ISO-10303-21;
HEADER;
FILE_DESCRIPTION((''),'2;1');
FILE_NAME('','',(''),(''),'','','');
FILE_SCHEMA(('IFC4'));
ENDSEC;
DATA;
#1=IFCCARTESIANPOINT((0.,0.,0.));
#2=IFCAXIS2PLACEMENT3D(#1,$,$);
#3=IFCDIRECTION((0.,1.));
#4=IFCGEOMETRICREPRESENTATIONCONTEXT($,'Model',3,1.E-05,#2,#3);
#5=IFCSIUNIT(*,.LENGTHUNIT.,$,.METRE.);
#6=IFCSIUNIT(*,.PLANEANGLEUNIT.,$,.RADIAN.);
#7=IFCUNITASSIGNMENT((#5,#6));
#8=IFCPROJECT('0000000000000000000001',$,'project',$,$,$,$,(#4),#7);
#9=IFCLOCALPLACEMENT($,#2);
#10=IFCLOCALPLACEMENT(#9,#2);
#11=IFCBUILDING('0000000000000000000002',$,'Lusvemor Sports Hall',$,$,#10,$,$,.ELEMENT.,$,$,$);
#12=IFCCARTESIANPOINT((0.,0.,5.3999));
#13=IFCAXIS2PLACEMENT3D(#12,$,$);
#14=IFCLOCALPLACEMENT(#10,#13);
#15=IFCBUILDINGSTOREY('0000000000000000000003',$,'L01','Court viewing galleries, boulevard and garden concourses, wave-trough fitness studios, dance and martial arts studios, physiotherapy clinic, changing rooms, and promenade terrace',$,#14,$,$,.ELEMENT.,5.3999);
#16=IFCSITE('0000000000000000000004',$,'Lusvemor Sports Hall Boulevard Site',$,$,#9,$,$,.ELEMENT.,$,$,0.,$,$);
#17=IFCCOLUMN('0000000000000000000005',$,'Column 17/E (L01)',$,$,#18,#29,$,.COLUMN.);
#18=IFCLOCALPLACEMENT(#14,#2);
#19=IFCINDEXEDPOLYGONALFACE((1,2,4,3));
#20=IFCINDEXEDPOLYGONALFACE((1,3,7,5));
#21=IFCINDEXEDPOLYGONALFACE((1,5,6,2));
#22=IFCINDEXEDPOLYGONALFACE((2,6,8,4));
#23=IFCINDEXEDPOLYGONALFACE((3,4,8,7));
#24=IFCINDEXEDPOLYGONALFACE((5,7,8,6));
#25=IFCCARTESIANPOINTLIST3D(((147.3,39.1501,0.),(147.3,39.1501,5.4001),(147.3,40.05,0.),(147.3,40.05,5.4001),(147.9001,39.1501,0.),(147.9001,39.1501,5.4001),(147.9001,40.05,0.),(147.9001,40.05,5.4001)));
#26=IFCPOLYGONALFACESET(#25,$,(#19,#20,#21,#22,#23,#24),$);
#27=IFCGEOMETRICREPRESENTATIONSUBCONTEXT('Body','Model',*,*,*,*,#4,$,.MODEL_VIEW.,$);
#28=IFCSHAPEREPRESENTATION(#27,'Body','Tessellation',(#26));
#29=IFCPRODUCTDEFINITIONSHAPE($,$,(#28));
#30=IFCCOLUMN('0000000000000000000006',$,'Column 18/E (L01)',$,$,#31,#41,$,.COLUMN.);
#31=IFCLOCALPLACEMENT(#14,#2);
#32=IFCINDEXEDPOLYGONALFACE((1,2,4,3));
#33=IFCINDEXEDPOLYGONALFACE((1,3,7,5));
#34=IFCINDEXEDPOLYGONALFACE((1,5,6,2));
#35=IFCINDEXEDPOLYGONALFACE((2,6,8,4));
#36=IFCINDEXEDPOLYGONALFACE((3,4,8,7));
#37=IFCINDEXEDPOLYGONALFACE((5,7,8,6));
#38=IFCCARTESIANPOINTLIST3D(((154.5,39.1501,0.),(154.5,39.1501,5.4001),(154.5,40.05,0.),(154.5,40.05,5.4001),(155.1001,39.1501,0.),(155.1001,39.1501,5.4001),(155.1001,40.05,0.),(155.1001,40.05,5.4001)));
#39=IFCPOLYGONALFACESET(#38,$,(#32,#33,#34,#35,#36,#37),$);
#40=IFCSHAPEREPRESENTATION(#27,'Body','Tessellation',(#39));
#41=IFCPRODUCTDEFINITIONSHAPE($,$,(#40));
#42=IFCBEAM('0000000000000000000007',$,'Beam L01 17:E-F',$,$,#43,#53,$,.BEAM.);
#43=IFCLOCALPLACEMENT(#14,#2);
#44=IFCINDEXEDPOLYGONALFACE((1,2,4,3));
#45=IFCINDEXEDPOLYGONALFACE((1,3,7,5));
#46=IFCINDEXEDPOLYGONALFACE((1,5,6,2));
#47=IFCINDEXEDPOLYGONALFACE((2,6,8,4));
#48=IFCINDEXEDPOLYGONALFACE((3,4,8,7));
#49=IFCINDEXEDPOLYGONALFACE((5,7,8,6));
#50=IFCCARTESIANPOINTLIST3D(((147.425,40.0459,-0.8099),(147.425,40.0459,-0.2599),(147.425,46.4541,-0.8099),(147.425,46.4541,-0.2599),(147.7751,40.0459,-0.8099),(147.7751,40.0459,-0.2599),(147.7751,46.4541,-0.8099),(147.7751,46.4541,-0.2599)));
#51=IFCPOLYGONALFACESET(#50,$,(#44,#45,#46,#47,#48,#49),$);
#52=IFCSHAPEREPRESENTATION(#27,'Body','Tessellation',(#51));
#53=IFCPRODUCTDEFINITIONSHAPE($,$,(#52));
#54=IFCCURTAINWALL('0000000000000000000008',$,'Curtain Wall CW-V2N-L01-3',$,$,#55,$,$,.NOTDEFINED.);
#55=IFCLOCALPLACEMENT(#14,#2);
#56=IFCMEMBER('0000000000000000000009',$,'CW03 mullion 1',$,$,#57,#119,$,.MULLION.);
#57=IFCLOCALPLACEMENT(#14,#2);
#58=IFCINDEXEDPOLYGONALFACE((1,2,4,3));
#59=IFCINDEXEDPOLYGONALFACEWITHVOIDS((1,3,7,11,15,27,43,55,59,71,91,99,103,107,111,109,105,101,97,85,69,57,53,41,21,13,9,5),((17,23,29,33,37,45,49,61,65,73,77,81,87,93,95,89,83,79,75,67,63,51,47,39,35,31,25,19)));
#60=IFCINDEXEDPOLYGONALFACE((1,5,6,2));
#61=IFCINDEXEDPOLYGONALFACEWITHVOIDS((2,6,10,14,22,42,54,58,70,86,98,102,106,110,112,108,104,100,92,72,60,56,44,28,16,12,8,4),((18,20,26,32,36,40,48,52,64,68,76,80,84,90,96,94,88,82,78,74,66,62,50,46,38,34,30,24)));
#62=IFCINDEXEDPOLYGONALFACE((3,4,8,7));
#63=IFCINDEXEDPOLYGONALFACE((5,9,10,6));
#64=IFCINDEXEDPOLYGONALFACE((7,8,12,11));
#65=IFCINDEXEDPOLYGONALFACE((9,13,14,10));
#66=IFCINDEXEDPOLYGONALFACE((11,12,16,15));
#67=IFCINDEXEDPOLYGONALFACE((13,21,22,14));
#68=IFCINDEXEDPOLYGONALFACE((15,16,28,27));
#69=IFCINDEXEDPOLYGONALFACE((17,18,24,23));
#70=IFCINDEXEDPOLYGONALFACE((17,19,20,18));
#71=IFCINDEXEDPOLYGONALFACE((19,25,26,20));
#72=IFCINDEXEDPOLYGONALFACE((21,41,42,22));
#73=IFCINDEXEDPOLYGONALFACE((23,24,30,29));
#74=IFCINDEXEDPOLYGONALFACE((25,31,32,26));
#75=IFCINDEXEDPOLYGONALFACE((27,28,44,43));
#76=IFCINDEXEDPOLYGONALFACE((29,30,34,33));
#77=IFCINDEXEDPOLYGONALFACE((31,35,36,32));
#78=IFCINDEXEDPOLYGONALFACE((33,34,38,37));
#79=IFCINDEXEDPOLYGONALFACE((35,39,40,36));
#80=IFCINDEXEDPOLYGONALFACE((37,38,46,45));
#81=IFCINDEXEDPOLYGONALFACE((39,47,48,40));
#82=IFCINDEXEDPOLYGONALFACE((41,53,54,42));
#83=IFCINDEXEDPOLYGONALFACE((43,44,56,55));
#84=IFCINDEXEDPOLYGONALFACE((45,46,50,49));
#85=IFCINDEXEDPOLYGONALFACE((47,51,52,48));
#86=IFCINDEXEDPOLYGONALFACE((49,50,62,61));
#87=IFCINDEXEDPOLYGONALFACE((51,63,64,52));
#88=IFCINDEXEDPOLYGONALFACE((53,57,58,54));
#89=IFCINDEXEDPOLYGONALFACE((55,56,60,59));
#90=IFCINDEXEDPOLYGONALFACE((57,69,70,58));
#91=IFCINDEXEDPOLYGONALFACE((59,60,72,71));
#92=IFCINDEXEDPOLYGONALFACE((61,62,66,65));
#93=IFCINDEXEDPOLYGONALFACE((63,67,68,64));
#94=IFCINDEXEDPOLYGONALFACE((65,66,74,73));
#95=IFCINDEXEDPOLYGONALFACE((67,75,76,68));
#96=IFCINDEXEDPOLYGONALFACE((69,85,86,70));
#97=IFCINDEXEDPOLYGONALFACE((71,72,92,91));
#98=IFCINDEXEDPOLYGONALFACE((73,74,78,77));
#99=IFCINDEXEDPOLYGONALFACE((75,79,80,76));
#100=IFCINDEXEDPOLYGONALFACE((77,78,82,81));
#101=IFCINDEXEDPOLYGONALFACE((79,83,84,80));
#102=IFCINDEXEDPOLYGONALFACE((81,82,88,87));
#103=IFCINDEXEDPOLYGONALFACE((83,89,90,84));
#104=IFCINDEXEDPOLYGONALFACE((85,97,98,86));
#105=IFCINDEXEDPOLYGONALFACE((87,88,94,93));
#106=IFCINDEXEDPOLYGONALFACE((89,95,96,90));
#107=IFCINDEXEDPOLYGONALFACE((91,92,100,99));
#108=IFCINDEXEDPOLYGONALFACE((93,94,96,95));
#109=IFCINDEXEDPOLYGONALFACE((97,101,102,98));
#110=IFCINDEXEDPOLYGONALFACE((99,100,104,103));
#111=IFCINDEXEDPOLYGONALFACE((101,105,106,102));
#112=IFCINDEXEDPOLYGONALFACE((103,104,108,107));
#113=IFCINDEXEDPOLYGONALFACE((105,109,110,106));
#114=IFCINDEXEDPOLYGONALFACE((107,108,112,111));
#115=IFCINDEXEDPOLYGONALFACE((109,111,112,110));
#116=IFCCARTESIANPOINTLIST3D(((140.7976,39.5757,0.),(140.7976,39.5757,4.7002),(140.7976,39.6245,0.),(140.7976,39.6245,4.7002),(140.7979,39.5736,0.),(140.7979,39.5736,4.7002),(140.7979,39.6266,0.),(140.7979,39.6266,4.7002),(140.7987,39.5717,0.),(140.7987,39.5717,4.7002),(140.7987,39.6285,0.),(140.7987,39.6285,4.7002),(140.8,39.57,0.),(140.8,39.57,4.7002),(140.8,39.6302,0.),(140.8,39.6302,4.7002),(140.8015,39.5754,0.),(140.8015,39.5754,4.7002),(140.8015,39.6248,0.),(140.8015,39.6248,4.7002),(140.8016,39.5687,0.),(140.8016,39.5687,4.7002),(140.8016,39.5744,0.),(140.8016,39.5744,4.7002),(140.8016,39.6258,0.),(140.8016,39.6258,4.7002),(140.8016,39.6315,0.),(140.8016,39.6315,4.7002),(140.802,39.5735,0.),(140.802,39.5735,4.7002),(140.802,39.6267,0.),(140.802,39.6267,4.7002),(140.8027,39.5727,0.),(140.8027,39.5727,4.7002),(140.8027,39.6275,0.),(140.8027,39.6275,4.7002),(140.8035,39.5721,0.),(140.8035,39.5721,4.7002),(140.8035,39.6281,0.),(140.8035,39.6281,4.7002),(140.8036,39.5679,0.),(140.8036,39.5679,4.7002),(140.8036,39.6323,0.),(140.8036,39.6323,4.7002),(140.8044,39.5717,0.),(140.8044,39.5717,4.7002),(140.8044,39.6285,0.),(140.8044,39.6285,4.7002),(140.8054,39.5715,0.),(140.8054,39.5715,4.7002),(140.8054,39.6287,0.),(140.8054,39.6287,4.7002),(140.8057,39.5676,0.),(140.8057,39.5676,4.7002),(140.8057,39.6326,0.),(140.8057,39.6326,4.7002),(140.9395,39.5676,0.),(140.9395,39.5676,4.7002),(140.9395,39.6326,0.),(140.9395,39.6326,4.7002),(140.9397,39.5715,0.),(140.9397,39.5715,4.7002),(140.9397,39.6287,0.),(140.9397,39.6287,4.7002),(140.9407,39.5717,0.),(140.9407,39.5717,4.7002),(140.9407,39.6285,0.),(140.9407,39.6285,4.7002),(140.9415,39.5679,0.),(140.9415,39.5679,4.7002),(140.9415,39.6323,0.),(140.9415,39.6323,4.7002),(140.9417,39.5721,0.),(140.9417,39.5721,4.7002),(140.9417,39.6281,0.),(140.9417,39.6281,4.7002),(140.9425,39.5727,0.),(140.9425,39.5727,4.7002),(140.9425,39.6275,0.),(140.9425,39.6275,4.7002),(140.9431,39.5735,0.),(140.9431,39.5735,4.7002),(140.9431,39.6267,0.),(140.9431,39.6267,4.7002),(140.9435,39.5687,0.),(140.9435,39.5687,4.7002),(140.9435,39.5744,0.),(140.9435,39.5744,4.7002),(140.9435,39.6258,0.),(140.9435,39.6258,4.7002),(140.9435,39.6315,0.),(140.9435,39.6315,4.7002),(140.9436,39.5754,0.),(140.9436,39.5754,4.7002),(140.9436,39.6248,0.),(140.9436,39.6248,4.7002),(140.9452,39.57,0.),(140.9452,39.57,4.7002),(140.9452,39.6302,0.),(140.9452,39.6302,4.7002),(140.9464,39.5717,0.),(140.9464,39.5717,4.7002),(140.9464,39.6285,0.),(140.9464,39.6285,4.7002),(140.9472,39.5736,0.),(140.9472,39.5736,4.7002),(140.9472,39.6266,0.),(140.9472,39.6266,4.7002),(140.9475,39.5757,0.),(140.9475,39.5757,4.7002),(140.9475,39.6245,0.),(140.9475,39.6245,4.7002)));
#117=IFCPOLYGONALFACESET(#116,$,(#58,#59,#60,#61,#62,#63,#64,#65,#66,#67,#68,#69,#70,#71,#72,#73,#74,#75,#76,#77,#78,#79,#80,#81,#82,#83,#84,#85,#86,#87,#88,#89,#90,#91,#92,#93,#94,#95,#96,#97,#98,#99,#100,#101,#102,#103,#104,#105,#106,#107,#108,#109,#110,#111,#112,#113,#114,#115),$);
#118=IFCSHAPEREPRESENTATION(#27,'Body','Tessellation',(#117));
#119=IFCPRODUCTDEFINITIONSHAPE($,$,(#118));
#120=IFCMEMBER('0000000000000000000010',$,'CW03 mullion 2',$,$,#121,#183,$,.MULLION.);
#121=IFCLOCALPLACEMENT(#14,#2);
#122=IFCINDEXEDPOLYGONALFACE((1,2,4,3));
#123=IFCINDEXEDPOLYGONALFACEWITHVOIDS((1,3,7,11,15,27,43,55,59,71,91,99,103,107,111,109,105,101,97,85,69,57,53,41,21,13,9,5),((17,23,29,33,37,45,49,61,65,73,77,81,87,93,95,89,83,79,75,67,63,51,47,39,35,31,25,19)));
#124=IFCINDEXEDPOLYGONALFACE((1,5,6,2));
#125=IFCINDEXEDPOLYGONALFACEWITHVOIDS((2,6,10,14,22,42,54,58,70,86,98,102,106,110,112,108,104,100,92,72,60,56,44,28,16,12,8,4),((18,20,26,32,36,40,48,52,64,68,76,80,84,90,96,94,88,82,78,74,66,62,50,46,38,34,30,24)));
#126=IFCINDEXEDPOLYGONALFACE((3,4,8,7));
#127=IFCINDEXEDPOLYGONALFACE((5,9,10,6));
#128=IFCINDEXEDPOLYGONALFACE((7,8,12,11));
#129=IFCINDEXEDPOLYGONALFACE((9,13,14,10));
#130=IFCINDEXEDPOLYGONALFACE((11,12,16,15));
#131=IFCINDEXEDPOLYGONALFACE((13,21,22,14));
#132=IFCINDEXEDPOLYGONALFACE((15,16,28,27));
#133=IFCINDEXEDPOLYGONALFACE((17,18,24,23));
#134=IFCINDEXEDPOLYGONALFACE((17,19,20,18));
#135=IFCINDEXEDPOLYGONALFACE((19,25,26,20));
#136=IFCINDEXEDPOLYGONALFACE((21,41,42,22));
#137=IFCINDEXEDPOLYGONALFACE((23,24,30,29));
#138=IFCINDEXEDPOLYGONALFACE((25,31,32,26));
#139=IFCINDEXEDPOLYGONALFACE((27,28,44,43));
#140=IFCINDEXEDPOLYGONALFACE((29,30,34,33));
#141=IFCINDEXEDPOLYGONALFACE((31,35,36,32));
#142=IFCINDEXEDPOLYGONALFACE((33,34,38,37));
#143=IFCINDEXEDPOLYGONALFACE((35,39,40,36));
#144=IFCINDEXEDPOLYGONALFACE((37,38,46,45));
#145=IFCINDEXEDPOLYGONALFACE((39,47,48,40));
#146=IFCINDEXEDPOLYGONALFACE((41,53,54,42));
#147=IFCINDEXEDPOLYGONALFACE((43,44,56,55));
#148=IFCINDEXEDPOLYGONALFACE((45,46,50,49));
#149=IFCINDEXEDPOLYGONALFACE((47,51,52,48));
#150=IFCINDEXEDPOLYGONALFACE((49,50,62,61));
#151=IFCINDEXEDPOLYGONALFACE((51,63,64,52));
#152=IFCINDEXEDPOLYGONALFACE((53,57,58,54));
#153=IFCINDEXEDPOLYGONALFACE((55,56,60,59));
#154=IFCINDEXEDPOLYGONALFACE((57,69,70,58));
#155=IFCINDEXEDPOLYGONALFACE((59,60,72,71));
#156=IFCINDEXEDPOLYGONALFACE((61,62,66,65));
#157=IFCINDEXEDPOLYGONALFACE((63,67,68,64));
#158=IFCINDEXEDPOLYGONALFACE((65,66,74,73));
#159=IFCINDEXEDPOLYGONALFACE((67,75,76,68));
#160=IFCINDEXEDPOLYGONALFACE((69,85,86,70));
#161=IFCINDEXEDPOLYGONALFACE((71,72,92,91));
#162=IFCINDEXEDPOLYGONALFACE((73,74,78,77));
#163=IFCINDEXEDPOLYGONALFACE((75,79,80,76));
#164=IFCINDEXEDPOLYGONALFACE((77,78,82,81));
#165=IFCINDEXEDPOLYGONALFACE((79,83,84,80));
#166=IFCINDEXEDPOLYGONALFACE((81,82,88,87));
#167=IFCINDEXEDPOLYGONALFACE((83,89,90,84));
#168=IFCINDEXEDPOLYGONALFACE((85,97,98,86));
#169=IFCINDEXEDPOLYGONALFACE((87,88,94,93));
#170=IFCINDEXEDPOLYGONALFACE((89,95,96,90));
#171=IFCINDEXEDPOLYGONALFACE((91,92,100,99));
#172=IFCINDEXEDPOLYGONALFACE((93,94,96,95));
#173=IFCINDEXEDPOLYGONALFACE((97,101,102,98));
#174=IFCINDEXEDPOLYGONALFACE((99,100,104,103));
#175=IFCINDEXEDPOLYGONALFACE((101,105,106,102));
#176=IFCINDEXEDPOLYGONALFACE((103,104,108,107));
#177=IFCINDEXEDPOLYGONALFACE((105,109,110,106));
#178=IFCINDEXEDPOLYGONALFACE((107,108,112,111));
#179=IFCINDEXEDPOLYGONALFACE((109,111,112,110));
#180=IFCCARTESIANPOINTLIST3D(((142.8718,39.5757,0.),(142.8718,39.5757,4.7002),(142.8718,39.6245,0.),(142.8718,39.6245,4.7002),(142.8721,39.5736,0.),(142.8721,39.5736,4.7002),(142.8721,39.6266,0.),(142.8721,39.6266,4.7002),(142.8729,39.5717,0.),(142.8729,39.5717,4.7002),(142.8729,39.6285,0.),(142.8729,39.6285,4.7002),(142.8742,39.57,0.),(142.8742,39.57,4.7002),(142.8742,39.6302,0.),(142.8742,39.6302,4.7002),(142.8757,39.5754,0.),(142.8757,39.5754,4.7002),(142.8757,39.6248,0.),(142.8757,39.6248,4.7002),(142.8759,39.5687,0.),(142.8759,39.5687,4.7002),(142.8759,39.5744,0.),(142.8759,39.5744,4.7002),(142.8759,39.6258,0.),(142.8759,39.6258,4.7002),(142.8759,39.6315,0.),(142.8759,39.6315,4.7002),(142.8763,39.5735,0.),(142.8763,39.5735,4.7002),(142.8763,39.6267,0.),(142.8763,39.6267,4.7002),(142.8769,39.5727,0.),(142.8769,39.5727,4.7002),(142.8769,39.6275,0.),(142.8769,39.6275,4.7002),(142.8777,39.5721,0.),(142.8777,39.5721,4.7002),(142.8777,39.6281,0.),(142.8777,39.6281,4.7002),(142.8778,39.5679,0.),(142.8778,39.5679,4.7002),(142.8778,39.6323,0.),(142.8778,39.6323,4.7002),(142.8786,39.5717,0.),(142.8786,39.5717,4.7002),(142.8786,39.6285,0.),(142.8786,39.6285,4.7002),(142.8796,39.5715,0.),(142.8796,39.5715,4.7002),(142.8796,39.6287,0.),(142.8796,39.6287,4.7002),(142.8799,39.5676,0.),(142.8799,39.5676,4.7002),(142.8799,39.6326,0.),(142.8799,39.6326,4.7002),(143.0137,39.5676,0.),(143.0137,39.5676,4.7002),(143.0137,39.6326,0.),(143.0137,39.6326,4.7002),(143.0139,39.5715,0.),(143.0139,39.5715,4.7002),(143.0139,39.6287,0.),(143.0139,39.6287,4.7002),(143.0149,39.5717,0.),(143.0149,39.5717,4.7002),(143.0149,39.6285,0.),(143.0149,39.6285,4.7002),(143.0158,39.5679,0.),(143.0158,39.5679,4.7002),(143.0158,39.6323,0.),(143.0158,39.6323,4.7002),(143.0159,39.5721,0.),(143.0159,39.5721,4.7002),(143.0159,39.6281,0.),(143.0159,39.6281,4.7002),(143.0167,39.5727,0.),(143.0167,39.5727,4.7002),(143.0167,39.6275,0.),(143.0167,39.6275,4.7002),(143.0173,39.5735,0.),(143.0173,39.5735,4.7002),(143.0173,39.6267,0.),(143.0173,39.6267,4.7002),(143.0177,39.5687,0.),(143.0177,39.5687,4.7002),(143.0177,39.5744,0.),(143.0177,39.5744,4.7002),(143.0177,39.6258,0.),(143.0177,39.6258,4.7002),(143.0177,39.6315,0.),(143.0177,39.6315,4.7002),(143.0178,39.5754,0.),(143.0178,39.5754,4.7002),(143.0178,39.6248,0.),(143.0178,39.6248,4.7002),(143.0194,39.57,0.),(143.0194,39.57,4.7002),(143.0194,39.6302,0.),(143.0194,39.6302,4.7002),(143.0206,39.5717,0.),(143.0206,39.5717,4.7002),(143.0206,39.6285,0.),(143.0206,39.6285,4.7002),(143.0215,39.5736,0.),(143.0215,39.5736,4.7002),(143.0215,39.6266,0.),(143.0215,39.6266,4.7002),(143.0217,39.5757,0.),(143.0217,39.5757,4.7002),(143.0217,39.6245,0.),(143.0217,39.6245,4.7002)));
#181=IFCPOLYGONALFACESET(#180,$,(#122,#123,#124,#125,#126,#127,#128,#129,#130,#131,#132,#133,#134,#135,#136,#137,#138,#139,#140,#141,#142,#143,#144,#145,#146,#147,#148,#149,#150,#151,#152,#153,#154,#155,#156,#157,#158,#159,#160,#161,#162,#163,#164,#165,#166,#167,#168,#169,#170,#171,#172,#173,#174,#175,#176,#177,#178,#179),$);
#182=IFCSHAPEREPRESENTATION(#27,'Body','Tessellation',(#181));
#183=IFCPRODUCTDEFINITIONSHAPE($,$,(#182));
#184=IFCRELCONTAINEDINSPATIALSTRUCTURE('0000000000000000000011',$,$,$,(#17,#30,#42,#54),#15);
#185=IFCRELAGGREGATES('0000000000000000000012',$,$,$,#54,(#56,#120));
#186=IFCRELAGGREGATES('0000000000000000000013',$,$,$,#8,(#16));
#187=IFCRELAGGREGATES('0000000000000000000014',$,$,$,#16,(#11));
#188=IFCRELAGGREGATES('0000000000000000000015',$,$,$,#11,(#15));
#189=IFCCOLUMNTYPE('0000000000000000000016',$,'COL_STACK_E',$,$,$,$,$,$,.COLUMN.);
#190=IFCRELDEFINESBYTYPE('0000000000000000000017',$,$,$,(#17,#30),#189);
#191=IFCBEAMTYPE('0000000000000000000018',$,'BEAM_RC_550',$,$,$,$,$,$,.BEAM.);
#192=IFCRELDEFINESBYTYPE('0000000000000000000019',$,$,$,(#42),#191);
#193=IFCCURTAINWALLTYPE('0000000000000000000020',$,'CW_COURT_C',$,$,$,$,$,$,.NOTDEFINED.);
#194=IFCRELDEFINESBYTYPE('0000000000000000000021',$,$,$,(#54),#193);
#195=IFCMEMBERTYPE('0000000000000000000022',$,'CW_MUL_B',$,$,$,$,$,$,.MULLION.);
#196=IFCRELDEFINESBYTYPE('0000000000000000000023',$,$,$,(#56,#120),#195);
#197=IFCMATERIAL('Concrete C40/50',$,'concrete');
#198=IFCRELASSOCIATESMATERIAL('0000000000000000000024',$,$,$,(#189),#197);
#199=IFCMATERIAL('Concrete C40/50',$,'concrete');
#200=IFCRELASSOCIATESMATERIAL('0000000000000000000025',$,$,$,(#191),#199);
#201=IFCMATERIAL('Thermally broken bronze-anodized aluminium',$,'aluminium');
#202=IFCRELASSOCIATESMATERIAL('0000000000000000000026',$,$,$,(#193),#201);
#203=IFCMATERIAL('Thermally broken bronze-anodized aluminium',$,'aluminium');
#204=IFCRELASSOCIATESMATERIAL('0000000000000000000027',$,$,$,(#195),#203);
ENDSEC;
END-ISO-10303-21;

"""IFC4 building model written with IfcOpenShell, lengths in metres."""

from ifc_helpers import new_model, si_unit, direction, frame, origin, origin_2d, place, context, subcontext, project, spatial, rectangle, hollow_rectangle, extrude, material, material_profile, profile_set, type_object, element, aggregate, save


model = new_model("IFC4")

# Units and contexts
model_context = context("Model", 3, precision=1e-05, world=origin(), true_north=direction((0.0, 1.0)))
body_context = subcontext(model_context, "Body", "Model", "MODEL_VIEW")
ifc_project = project(units=[si_unit("LENGTHUNIT", "METRE"), si_unit("PLANEANGLEUNIT", "RADIAN")], contexts=[model_context])

# Site, building, storey
site_placement = place(None, origin())
site = spatial("IfcSite", under=ifc_project, at=site_placement, Name="Lusvemor Sports Hall Boulevard Site", CompositionType="ELEMENT", RefElevation=0.0)
building_placement = place(site_placement, origin())
building = spatial("IfcBuilding", under=site, at=building_placement, Name="Lusvemor Sports Hall", CompositionType="ELEMENT")
storey_placement = place(building_placement, frame((0.0, 0.0, 5.3999)))
storey = spatial("IfcBuildingStorey", under=building, at=storey_placement, Name="L01", Description="Court viewing galleries, boulevard and garden concourses, wave-trough fitness studios, dance and martial arts studios, physiotherapy clinic, changing rooms, and promenade terrace", CompositionType="ELEMENT", Elevation=5.3999)

# Columns
ifc_material_1 = material(Name="Concrete C40/50", Category="concrete")
ifc_material_profile_1 = material_profile(ifc_material_1, rectangle(XDim=0.6001, YDim=0.8999, at=origin_2d()), Name="RC600x900")
ifc_profile_set_1 = profile_set([ifc_material_profile_1], Name="Concrete C40/50")
column_type = type_object("IfcColumnType", Name="COL_STACK_E", PredefinedType="COLUMN", material=ifc_profile_set_1)
for number, where, z_axis, x_axis, name in (
    (1, (147.6001, 39.6001, 0.0), (0.0, 0.0, 1.0), (1.0, 0.0, 0.0), "Column 17/E (L01)"),
    (2, (154.8, 39.6001, 0.0), (0.0, 0.0, 1.0), (1.0, 0.0, 0.0), "Column 18/E (L01)"),
):
    element("IfcColumn", number, at=place(storey_placement, frame(where, z_axis=z_axis, x_axis=x_axis)), inside=storey, type_object=column_type, Name=name, PredefinedType="COLUMN", context=body_context, shape_type="SweptSolid", body=[
        extrude(rectangle(XDim=0.6001, YDim=0.8999, at=origin_2d()), origin(), (0.0, 0.0, 1.0), 5.4001),
    ])

# Beam
ifc_material_2 = material(Name="Concrete C40/50", Category="concrete")
ifc_material_profile_2 = material_profile(ifc_material_2, rectangle(XDim=0.3501, YDim=0.55, at=origin_2d()), Name="RC350x550")
ifc_profile_set_2 = profile_set([ifc_material_profile_2], Name="Concrete C40/50")
beam_type_1 = type_object("IfcBeamType", Name="BEAM_RC_550", PredefinedType="BEAM", material=ifc_profile_set_2)
beam_1_placement = place(storey_placement, frame((147.6001, 40.0459, -0.5349), z_axis=(0.0, 1.0, 0.0), x_axis=(-1.0, 0.0, 0.0)))
element("IfcBeam", 3, at=beam_1_placement, inside=storey, type_object=beam_type_1, Name="Beam L01 17:E-F", PredefinedType="BEAM", context=body_context, shape_type="SweptSolid", body=[
    extrude(rectangle(XDim=0.3501, YDim=0.55, at=origin_2d()), origin(), (0.0, 0.0, 1.0), 6.4082),
])

# Curtain wall, members
ifc_material_3 = material(Name="Thermally broken bronze-anodized aluminium", Category="aluminium")
curtain_wall_type = type_object("IfcCurtainWallType", Name="CW_COURT_C", PredefinedType="NOTDEFINED", material=ifc_material_3)
curtain_wall_placement = place(storey_placement, origin())
curtain_wall = element("IfcCurtainWall", 4, at=curtain_wall_placement, inside=storey, type_object=curtain_wall_type, Name="Curtain Wall CW-V2N-L01-3", PredefinedType="NOTDEFINED")
ifc_material_4 = material(Name="Thermally broken bronze-anodized aluminium", Category="aluminium")
ifc_material_profile_3 = material_profile(ifc_material_4, hollow_rectangle(XDim=0.0649, YDim=0.1499, WallThickness=0.0039, InnerFilletRadius=0.0039, OuterFilletRadius=0.0081, at=origin_2d()), Name="CWMUL150x65x4")
ifc_profile_set_3 = profile_set([ifc_material_profile_3], Name="Thermally broken bronze-anodized aluminium")
member_type_1 = type_object("IfcMemberType", Name="CW_MUL_B", PredefinedType="MULLION", material=ifc_profile_set_3)
member_1_placement = place(storey_placement, frame((140.8726, 39.6001, 0.0), z_axis=(0.0, 0.0, 1.0), x_axis=(0.0, 1.0, 0.0)))
member_1 = element("IfcMember", 5, at=member_1_placement, type_object=member_type_1, Name="CW03 mullion 1", PredefinedType="MULLION", context=body_context, shape_type="SweptSolid", body=[
    extrude(hollow_rectangle(XDim=0.0649, YDim=0.1499, WallThickness=0.0039, InnerFilletRadius=0.0039, OuterFilletRadius=0.0081, at=origin_2d()), origin(), (0.0, 0.0, 1.0), 4.7002),
])
member_2_placement = place(storey_placement, frame((142.9468, 39.6001, 0.0), z_axis=(0.0, 0.0, 1.0), x_axis=(0.0, 1.0, 0.0)))
member_2 = element("IfcMember", 6, at=member_2_placement, type_object=member_type_1, Name="CW03 mullion 2", PredefinedType="MULLION", context=body_context, shape_type="SweptSolid", body=[
    extrude(hollow_rectangle(XDim=0.0649, YDim=0.1499, WallThickness=0.0039, InnerFilletRadius=0.0039, OuterFilletRadius=0.0081, at=origin_2d()), origin(), (0.0, 0.0, 1.0), 4.7002),
])

aggregate(curtain_wall, [member_1, member_2])

save(model, "model.ifc")
